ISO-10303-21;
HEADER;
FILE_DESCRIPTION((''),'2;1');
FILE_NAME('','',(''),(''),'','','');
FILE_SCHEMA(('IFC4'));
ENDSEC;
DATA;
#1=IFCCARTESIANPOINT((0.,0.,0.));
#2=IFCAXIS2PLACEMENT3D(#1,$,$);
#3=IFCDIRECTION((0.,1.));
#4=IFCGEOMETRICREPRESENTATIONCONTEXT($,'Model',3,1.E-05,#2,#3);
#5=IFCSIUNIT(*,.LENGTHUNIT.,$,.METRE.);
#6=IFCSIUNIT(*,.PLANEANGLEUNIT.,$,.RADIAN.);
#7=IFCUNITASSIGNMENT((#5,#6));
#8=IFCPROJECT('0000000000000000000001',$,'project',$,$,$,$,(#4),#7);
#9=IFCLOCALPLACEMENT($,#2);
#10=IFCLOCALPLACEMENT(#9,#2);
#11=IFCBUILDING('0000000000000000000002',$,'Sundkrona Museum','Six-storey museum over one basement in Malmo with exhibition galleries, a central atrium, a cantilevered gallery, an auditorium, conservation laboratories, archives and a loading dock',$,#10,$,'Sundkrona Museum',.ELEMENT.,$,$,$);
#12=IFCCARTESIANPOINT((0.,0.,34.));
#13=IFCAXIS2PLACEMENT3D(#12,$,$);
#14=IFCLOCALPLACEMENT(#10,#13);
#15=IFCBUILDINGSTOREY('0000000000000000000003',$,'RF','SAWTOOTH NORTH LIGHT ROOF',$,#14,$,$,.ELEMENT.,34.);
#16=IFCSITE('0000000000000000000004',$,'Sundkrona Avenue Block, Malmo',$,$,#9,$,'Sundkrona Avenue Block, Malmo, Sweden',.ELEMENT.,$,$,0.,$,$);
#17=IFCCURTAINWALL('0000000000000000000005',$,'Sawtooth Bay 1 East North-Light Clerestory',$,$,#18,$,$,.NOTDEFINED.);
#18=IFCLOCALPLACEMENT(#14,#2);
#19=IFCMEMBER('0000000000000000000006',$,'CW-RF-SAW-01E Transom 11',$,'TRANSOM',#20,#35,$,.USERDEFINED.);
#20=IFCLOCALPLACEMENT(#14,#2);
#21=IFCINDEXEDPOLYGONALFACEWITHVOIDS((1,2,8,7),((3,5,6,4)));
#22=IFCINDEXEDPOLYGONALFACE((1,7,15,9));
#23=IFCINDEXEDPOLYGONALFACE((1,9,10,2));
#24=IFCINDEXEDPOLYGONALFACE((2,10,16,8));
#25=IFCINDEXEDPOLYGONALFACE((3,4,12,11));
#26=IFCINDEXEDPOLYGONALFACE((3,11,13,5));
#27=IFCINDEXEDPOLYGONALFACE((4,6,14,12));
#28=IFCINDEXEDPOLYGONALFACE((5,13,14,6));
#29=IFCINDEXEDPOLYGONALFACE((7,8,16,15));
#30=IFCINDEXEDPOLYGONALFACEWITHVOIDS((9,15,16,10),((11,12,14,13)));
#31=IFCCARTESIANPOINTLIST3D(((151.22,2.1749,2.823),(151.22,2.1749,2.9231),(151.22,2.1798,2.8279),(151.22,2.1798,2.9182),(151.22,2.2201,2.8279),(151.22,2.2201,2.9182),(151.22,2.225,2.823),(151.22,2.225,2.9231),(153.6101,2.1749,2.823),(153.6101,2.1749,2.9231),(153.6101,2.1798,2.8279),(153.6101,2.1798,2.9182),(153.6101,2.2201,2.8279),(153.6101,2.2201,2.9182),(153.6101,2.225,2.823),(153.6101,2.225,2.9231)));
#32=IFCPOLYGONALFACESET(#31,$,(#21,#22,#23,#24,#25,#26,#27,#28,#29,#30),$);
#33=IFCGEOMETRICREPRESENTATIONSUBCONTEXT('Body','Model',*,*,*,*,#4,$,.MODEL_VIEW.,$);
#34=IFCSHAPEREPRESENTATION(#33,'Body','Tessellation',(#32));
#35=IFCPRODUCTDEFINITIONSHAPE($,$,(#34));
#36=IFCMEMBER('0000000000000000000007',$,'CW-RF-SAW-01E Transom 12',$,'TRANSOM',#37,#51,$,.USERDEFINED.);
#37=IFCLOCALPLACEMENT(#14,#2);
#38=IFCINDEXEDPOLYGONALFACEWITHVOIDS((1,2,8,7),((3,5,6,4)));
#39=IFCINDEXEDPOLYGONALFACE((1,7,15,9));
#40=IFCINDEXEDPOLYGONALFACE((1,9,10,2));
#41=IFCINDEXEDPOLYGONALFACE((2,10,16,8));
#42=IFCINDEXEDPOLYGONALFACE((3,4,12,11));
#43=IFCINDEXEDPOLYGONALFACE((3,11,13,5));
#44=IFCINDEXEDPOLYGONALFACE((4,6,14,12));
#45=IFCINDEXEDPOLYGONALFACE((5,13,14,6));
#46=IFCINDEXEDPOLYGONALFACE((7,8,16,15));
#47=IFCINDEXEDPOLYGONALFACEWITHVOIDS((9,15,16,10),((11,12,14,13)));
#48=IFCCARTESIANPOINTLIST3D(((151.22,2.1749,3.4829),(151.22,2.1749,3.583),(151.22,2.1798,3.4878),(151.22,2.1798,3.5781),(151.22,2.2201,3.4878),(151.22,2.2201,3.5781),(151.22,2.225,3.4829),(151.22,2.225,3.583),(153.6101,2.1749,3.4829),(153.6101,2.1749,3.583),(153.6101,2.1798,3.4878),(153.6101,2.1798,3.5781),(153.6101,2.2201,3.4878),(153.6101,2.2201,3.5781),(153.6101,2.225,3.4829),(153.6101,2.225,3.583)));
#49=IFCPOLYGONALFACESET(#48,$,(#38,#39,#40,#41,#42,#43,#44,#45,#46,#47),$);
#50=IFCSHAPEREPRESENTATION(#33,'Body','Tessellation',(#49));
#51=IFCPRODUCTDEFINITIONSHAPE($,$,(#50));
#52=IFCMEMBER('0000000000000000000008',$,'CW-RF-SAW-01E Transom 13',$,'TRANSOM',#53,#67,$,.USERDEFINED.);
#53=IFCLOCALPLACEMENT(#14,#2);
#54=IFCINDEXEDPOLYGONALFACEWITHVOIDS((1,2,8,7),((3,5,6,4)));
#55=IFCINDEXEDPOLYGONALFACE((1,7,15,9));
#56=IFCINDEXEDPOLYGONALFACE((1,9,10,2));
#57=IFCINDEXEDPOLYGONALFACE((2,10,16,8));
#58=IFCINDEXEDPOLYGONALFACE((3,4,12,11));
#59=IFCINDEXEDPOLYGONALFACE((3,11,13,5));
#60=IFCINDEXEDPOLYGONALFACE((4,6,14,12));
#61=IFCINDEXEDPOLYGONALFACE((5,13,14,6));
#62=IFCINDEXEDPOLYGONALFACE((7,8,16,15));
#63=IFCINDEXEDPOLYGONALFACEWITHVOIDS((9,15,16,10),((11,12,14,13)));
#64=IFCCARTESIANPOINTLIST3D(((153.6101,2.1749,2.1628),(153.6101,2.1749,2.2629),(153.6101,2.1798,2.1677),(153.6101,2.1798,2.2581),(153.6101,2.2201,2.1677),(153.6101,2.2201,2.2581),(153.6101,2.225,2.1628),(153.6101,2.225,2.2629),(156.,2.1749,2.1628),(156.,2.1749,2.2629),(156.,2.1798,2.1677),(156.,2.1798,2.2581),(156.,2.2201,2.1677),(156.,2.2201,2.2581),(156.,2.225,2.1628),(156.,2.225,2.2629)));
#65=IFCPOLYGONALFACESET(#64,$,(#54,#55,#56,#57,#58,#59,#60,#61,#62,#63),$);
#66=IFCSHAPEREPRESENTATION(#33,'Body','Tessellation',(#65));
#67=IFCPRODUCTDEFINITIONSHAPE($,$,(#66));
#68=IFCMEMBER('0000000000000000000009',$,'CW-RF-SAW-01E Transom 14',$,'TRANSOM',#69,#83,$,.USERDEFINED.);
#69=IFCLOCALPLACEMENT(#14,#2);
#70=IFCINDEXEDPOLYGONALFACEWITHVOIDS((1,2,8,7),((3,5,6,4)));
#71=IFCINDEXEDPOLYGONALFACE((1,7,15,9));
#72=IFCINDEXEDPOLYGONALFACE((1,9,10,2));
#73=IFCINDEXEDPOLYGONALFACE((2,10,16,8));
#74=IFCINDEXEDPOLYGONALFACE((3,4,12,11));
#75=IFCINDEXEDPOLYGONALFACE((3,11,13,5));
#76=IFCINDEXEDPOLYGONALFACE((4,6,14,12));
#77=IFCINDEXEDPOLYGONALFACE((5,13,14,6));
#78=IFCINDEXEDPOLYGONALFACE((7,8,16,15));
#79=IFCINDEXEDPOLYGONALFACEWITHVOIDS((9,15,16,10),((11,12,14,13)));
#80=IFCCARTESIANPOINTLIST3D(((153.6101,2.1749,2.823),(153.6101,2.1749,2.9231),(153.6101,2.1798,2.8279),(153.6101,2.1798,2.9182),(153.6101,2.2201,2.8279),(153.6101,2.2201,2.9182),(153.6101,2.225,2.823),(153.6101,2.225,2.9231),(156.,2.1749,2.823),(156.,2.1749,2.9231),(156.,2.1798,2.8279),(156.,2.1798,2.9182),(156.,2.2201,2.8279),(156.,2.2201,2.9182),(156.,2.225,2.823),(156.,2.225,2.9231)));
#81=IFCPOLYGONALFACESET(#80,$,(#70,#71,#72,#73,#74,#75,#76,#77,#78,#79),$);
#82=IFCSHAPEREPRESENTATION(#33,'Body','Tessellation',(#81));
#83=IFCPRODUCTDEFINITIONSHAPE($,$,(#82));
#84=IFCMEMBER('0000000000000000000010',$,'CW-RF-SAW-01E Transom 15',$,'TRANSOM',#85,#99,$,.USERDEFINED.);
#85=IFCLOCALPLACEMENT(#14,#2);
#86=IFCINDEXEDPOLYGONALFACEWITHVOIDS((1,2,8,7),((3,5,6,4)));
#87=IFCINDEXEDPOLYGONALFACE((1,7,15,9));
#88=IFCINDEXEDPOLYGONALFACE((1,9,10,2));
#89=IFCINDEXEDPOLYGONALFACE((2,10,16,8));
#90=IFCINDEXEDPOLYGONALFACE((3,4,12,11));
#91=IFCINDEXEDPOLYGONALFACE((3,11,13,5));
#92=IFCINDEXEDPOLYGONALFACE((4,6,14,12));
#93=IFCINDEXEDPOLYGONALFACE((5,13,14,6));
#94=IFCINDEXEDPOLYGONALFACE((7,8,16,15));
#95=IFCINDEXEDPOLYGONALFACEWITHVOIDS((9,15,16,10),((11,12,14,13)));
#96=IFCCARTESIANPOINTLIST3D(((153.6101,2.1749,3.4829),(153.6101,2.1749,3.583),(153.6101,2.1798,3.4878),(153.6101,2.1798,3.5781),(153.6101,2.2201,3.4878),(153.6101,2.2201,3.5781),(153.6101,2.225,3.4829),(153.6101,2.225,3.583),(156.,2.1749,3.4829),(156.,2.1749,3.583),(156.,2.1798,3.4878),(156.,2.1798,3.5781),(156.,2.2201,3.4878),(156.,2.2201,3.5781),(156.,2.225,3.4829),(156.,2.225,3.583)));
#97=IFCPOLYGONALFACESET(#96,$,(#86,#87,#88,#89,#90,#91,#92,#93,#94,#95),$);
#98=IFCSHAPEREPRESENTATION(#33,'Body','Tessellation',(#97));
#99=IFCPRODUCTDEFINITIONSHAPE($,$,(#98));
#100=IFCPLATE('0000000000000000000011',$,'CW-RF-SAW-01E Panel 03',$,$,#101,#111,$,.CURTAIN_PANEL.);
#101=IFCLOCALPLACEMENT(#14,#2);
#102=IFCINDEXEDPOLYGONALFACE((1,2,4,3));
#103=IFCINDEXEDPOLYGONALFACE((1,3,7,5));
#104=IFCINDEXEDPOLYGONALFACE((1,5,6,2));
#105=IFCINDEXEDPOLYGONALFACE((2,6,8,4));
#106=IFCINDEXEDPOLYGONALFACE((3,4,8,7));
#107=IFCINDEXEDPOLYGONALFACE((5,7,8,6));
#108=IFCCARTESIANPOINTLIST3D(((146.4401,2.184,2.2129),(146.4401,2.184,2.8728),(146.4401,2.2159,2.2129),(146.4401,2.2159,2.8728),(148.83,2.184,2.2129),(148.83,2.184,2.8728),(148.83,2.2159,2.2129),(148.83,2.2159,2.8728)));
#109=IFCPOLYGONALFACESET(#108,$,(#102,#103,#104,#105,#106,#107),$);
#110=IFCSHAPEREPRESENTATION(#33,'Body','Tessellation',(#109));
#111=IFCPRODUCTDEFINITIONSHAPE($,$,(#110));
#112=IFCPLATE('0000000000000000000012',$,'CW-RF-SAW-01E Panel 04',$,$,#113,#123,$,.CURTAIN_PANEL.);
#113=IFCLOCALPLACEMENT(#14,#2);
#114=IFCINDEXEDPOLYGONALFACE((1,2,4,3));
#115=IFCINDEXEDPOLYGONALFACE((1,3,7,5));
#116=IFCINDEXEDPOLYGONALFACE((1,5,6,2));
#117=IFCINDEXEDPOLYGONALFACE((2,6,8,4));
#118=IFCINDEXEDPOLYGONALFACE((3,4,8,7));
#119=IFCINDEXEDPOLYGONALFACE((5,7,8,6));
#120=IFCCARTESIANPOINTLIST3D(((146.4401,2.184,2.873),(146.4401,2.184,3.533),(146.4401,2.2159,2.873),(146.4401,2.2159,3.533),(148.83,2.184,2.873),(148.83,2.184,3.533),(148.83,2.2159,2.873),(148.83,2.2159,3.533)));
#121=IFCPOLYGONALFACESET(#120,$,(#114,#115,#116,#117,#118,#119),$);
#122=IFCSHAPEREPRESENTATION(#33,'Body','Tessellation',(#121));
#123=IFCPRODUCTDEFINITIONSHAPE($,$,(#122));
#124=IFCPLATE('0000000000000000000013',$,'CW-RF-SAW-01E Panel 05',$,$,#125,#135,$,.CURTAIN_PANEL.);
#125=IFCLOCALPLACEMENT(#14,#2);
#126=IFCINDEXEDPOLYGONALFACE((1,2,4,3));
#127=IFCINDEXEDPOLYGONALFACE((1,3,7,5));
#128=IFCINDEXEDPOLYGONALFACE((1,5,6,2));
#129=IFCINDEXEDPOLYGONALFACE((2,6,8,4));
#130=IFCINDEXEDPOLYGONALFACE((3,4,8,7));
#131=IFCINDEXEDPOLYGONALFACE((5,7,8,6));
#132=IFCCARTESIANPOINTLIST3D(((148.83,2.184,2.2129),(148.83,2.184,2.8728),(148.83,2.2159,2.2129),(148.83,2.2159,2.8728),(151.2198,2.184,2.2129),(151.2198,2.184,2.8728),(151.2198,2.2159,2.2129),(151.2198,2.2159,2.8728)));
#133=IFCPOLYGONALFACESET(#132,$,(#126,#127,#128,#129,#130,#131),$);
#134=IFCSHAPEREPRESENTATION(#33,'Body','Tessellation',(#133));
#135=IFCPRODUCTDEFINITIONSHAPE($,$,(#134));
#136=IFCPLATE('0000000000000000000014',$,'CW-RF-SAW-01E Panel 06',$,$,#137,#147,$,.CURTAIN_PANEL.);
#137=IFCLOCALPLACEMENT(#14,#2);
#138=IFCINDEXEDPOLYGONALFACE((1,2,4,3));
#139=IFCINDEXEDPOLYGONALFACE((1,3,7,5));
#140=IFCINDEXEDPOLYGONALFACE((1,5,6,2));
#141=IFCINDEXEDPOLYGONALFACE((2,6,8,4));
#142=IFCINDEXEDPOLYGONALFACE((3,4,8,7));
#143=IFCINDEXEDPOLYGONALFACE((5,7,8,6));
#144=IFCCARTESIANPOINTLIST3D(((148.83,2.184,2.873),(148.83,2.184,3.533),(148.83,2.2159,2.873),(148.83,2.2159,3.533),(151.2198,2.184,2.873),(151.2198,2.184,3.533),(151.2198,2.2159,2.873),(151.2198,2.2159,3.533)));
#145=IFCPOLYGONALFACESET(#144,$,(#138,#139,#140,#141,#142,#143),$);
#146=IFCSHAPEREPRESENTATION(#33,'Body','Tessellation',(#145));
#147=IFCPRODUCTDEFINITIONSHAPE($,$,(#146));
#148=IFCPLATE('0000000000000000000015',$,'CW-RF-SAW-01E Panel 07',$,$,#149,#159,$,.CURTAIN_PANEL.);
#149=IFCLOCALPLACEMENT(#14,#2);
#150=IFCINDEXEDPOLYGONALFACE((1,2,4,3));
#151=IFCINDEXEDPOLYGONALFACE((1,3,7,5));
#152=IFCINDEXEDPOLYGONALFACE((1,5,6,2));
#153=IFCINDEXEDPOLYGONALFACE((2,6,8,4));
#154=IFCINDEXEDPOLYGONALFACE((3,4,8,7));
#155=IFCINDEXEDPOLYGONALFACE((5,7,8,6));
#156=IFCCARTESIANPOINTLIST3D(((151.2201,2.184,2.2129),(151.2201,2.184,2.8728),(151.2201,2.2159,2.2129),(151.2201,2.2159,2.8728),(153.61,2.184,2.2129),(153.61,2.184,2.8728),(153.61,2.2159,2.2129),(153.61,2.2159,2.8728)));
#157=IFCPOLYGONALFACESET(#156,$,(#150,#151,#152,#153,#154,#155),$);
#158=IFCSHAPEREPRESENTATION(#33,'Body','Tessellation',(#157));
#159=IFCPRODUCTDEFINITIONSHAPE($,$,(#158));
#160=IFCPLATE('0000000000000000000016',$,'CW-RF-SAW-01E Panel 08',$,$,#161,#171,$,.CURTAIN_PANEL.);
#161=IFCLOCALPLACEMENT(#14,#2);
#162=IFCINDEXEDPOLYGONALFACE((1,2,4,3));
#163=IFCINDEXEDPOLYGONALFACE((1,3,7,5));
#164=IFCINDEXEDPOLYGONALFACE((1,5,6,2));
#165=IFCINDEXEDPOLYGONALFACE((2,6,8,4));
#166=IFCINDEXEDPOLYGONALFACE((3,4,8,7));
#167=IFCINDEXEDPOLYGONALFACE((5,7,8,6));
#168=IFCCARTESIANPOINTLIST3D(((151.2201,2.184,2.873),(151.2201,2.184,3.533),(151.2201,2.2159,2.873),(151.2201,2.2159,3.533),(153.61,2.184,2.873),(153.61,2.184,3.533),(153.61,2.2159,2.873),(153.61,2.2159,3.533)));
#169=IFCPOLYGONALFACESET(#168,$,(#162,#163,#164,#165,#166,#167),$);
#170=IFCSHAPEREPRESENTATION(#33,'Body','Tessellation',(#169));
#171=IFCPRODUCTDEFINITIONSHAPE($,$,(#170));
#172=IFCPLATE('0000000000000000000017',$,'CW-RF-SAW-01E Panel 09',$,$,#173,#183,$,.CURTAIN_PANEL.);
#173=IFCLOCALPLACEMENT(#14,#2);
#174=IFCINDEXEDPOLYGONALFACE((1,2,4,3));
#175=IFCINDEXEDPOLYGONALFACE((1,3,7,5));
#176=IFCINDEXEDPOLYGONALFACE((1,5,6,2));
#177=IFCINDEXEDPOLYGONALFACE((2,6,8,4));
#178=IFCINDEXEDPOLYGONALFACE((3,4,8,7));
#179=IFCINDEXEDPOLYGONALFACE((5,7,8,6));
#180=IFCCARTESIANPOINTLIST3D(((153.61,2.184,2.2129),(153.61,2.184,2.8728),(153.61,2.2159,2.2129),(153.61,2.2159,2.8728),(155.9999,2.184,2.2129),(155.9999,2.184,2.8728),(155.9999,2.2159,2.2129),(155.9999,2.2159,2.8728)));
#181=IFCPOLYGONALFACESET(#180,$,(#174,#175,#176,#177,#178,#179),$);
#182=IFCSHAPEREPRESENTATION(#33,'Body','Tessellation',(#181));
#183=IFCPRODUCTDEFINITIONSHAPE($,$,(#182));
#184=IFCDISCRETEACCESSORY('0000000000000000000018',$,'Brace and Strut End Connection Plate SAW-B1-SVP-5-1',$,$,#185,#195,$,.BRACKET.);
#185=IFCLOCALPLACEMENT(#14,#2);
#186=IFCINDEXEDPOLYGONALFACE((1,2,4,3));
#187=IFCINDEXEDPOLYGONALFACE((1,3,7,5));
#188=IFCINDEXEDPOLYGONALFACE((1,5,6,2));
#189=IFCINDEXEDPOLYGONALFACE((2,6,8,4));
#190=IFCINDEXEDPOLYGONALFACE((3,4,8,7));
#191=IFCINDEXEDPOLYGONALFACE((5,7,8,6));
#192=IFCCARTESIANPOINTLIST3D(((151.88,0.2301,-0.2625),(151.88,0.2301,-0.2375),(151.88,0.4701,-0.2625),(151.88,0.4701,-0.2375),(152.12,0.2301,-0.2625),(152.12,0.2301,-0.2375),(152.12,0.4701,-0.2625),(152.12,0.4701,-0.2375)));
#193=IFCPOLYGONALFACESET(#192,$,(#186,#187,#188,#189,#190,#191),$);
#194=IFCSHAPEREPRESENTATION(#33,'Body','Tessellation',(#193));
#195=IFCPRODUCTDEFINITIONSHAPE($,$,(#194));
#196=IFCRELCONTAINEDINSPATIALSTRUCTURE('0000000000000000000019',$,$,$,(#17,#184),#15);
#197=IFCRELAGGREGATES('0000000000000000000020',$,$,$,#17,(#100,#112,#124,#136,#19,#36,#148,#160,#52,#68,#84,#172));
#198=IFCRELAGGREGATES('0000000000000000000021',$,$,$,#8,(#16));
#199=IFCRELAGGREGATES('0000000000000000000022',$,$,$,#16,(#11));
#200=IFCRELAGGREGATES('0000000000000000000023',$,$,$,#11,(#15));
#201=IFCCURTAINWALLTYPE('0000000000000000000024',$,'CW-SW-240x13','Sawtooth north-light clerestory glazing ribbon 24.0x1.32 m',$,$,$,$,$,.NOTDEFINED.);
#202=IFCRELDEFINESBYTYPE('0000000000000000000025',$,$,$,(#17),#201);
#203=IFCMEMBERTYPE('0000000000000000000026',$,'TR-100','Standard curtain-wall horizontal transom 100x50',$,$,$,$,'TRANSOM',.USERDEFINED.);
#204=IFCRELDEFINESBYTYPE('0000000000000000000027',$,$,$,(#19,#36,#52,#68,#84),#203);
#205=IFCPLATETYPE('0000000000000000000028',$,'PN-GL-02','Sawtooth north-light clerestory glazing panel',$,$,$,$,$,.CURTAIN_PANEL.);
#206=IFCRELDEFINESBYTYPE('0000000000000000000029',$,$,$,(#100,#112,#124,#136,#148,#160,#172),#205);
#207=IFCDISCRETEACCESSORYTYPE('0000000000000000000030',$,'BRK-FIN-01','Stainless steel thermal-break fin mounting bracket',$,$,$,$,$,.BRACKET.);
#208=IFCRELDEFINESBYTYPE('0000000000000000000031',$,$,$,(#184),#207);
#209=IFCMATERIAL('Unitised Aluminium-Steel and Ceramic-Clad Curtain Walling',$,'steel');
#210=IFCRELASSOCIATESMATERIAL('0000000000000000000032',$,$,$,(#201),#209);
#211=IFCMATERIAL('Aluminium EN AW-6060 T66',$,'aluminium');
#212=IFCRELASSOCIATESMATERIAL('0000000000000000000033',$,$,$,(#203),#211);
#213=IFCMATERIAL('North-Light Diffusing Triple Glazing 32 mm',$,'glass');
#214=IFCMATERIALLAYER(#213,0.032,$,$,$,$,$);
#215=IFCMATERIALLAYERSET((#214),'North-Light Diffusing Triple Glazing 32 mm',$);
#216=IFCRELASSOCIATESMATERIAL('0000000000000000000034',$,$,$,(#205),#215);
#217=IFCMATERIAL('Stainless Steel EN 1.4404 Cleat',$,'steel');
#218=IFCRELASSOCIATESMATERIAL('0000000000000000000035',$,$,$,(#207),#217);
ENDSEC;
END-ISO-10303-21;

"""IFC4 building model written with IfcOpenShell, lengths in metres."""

from ifc_helpers import new_model, si_unit, direction, frame, origin, origin_2d, place, context, subcontext, project, spatial, rectangle, hollow_rectangle, extrude, material, layer, layer_set, material_profile, profile_set, type_object, element, aggregate, save


model = new_model("IFC4")

# Units and contexts
model_context = context("Model", 3, precision=1e-05, world=origin(), true_north=direction((0.0, 1.0)))
body_context = subcontext(model_context, "Body", "Model", "MODEL_VIEW")
ifc_project = project(units=[si_unit("LENGTHUNIT", "METRE"), si_unit("PLANEANGLEUNIT", "RADIAN")], contexts=[model_context])

# Site, building, storey
site_placement = place(None, origin())
site = spatial("IfcSite", under=ifc_project, at=site_placement, Name="Sundkrona Avenue Block, Malmo", LongName="Sundkrona Avenue Block, Malmo, Sweden", CompositionType="ELEMENT", RefElevation=0.0)
building_placement = place(site_placement, origin())
building = spatial("IfcBuilding", under=site, at=building_placement, Name="Sundkrona Museum", Description="Six-storey museum over one basement in Malmo with exhibition galleries, a central atrium, a cantilevered gallery, an auditorium, conservation laboratories, archives and a loading dock", LongName="Sundkrona Museum", CompositionType="ELEMENT")
storey_placement = place(building_placement, frame((0.0, 0.0, 34.0)))
storey = spatial("IfcBuildingStorey", under=building, at=storey_placement, Name="RF", Description="SAWTOOTH NORTH LIGHT ROOF", CompositionType="ELEMENT", Elevation=34.0)

# Curtain wall
ifc_material_1 = material(Name="Unitised Aluminium-Steel and Ceramic-Clad Curtain Walling", Category="steel")
curtain_wall_type = type_object("IfcCurtainWallType", Name="CW-SW-240x13", Description="Sawtooth north-light clerestory glazing ribbon 24.0x1.32 m", PredefinedType="NOTDEFINED", material=ifc_material_1)
curtain_wall_placement = place(storey_placement, origin())
curtain_wall = element("IfcCurtainWall", 1, at=curtain_wall_placement, inside=storey, type_object=curtain_wall_type, Name="Sawtooth Bay 1 East North-Light Clerestory", PredefinedType="NOTDEFINED")
ifc_material_2 = material(Name="Aluminium EN AW-6060 T66", Category="aluminium")

# Members
ifc_material_profile_1 = material_profile(ifc_material_2, hollow_rectangle(XDim=0.05, YDim=0.1001, WallThickness=0.0049, at=origin_2d()), Name="RHS 100x50x5.0")
ifc_profile_set_1 = profile_set([ifc_material_profile_1], Name="Aluminium EN AW-6060 T66")
member_type_1 = type_object("IfcMemberType", Name="TR-100", Description="Standard curtain-wall horizontal transom 100x50", ElementType="TRANSOM", PredefinedType="USERDEFINED", material=ifc_profile_set_1)
member_1_placement = place(storey_placement, frame((151.22, 2.2, 2.873), z_axis=(1.0, 0.0, 0.0), x_axis=(0.0, 1.0, 0.0)))
member_1 = element("IfcMember", 2, at=member_1_placement, type_object=member_type_1, Name="CW-RF-SAW-01E Transom 11", ObjectType="TRANSOM", PredefinedType="USERDEFINED", context=body_context, shape_type="SweptSolid", body=[
    extrude(hollow_rectangle(XDim=0.05, YDim=0.1001, WallThickness=0.0049, at=origin_2d()), origin(), (0.0, 0.0, 1.0), 2.3901),
])
member_2_placement = place(storey_placement, frame((151.22, 2.2, 3.533), z_axis=(1.0, 0.0, 0.0), x_axis=(0.0, 1.0, 0.0)))
member_2 = element("IfcMember", 3, at=member_2_placement, type_object=member_type_1, Name="CW-RF-SAW-01E Transom 12", ObjectType="TRANSOM", PredefinedType="USERDEFINED", context=body_context, shape_type="SweptSolid", body=[
    extrude(hollow_rectangle(XDim=0.05, YDim=0.1001, WallThickness=0.0049, at=origin_2d()), origin(), (0.0, 0.0, 1.0), 2.3901),
])
member_3_placement = place(storey_placement, frame((153.6101, 2.2, 2.2129), z_axis=(1.0, 0.0, 0.0), x_axis=(0.0, 1.0, 0.0)))
member_3 = element("IfcMember", 4, at=member_3_placement, type_object=member_type_1, Name="CW-RF-SAW-01E Transom 13", ObjectType="TRANSOM", PredefinedType="USERDEFINED", context=body_context, shape_type="SweptSolid", body=[
    extrude(hollow_rectangle(XDim=0.05, YDim=0.1001, WallThickness=0.0049, at=origin_2d()), origin(), (0.0, 0.0, 1.0), 2.3899),
])
member_4_placement = place(storey_placement, frame((153.6101, 2.2, 2.873), z_axis=(1.0, 0.0, 0.0), x_axis=(0.0, 1.0, 0.0)))
member_4 = element("IfcMember", 5, at=member_4_placement, type_object=member_type_1, Name="CW-RF-SAW-01E Transom 14", ObjectType="TRANSOM", PredefinedType="USERDEFINED", context=body_context, shape_type="SweptSolid", body=[
    extrude(hollow_rectangle(XDim=0.05, YDim=0.1001, WallThickness=0.0049, at=origin_2d()), origin(), (0.0, 0.0, 1.0), 2.3899),
])
member_5_placement = place(storey_placement, frame((153.6101, 2.2, 3.533), z_axis=(1.0, 0.0, 0.0), x_axis=(0.0, 1.0, 0.0)))
member_5 = element("IfcMember", 6, at=member_5_placement, type_object=member_type_1, Name="CW-RF-SAW-01E Transom 15", ObjectType="TRANSOM", PredefinedType="USERDEFINED", context=body_context, shape_type="SweptSolid", body=[
    extrude(hollow_rectangle(XDim=0.05, YDim=0.1001, WallThickness=0.0049, at=origin_2d()), origin(), (0.0, 0.0, 1.0), 2.3899),
])

# Plates
ifc_material_3 = material(Name="North-Light Diffusing Triple Glazing 32 mm", Category="glass")
ifc_layer = layer(ifc_material_3, 0.032)
ifc_layer_set = layer_set([ifc_layer], Name="North-Light Diffusing Triple Glazing 32 mm")
plate_type = type_object("IfcPlateType", Name="PN-GL-02", Description="Sawtooth north-light clerestory glazing panel", PredefinedType="CURTAIN_PANEL", material=ifc_layer_set)
plate_1_placement = place(storey_placement, frame((147.635, 2.2, 2.2129), z_axis=(0.0, 0.0, 1.0), x_axis=(1.0, 0.0, 0.0)))
plate_1 = element("IfcPlate", 7, at=plate_1_placement, type_object=plate_type, Name="CW-RF-SAW-01E Panel 03", PredefinedType="CURTAIN_PANEL", context=body_context, shape_type="SweptSolid", body=[
    extrude(rectangle(XDim=2.3899, YDim=0.032, at=origin_2d()), origin(), (0.0, 0.0, 1.0), 0.6599),
])
plate_2_placement = place(storey_placement, frame((147.635, 2.2, 2.873), z_axis=(0.0, 0.0, 1.0), x_axis=(1.0, 0.0, 0.0)))
plate_2 = element("IfcPlate", 8, at=plate_2_placement, type_object=plate_type, Name="CW-RF-SAW-01E Panel 04", PredefinedType="CURTAIN_PANEL", context=body_context, shape_type="SweptSolid", body=[
    extrude(rectangle(XDim=2.3899, YDim=0.032, at=origin_2d()), origin(), (0.0, 0.0, 1.0), 0.6599),
])
plate_3_placement = place(storey_placement, frame((150.0249, 2.2, 2.2129), z_axis=(0.0, 0.0, 1.0), x_axis=(1.0, 0.0, 0.0)))
plate_3 = element("IfcPlate", 9, at=plate_3_placement, type_object=plate_type, Name="CW-RF-SAW-01E Panel 05", PredefinedType="CURTAIN_PANEL", context=body_context, shape_type="SweptSolid", body=[
    extrude(rectangle(XDim=2.3899, YDim=0.032, at=origin_2d()), origin(), (0.0, 0.0, 1.0), 0.6599),
])
plate_4_placement = place(storey_placement, frame((150.0249, 2.2, 2.873), z_axis=(0.0, 0.0, 1.0), x_axis=(1.0, 0.0, 0.0)))
plate_4 = element("IfcPlate", 10, at=plate_4_placement, type_object=plate_type, Name="CW-RF-SAW-01E Panel 06", PredefinedType="CURTAIN_PANEL", context=body_context, shape_type="SweptSolid", body=[
    extrude(rectangle(XDim=2.3899, YDim=0.032, at=origin_2d()), origin(), (0.0, 0.0, 1.0), 0.6599),
])
plate_5_placement = place(storey_placement, frame((152.415, 2.2, 2.2129), z_axis=(0.0, 0.0, 1.0), x_axis=(1.0, 0.0, 0.0)))
plate_5 = element("IfcPlate", 11, at=plate_5_placement, type_object=plate_type, Name="CW-RF-SAW-01E Panel 07", PredefinedType="CURTAIN_PANEL", context=body_context, shape_type="SweptSolid", body=[
    extrude(rectangle(XDim=2.3899, YDim=0.032, at=origin_2d()), origin(), (0.0, 0.0, 1.0), 0.6599),
])
plate_6_placement = place(storey_placement, frame((152.415, 2.2, 2.873), z_axis=(0.0, 0.0, 1.0), x_axis=(1.0, 0.0, 0.0)))
plate_6 = element("IfcPlate", 12, at=plate_6_placement, type_object=plate_type, Name="CW-RF-SAW-01E Panel 08", PredefinedType="CURTAIN_PANEL", context=body_context, shape_type="SweptSolid", body=[
    extrude(rectangle(XDim=2.3899, YDim=0.032, at=origin_2d()), origin(), (0.0, 0.0, 1.0), 0.6599),
])
plate_7_placement = place(storey_placement, frame((154.8049, 2.2, 2.2129), z_axis=(0.0, 0.0, 1.0), x_axis=(1.0, 0.0, 0.0)))
plate_7 = element("IfcPlate", 13, at=plate_7_placement, type_object=plate_type, Name="CW-RF-SAW-01E Panel 09", PredefinedType="CURTAIN_PANEL", context=body_context, shape_type="SweptSolid", body=[
    extrude(rectangle(XDim=2.3899, YDim=0.032, at=origin_2d()), origin(), (0.0, 0.0, 1.0), 0.6599),
])
aggregate(curtain_wall, [plate_1, plate_2, plate_3, plate_4, member_1, member_2, plate_5, plate_6, member_3, member_4, member_5, plate_7])

# Discrete accessory
ifc_material_4 = material(Name="Stainless Steel EN 1.4404 Cleat", Category="steel")
discrete_accessory_type = type_object("IfcDiscreteAccessoryType", Name="BRK-FIN-01", Description="Stainless steel thermal-break fin mounting bracket", PredefinedType="BRACKET", material=ifc_material_4)
for number, where, z_axis, x_axis, name in (
    (14, (152.0, 0.3501, -0.2625), (0.0, 0.0, 1.0), (1.0, 0.0, 0.0), "Brace and Strut End Connection Plate SAW-B1-SVP-5-1"),
):
    element("IfcDiscreteAccessory", number, at=place(storey_placement, frame(where, z_axis=z_axis, x_axis=x_axis)), inside=storey, type_object=discrete_accessory_type, Name=name, PredefinedType="BRACKET", context=body_context, shape_type="SweptSolid", body=[
        extrude(rectangle(XDim=0.24, YDim=0.24, at=origin_2d()), origin(), (0.0, 0.0, 1.0), 0.0249),
    ])

save(model, "model.ifc")
